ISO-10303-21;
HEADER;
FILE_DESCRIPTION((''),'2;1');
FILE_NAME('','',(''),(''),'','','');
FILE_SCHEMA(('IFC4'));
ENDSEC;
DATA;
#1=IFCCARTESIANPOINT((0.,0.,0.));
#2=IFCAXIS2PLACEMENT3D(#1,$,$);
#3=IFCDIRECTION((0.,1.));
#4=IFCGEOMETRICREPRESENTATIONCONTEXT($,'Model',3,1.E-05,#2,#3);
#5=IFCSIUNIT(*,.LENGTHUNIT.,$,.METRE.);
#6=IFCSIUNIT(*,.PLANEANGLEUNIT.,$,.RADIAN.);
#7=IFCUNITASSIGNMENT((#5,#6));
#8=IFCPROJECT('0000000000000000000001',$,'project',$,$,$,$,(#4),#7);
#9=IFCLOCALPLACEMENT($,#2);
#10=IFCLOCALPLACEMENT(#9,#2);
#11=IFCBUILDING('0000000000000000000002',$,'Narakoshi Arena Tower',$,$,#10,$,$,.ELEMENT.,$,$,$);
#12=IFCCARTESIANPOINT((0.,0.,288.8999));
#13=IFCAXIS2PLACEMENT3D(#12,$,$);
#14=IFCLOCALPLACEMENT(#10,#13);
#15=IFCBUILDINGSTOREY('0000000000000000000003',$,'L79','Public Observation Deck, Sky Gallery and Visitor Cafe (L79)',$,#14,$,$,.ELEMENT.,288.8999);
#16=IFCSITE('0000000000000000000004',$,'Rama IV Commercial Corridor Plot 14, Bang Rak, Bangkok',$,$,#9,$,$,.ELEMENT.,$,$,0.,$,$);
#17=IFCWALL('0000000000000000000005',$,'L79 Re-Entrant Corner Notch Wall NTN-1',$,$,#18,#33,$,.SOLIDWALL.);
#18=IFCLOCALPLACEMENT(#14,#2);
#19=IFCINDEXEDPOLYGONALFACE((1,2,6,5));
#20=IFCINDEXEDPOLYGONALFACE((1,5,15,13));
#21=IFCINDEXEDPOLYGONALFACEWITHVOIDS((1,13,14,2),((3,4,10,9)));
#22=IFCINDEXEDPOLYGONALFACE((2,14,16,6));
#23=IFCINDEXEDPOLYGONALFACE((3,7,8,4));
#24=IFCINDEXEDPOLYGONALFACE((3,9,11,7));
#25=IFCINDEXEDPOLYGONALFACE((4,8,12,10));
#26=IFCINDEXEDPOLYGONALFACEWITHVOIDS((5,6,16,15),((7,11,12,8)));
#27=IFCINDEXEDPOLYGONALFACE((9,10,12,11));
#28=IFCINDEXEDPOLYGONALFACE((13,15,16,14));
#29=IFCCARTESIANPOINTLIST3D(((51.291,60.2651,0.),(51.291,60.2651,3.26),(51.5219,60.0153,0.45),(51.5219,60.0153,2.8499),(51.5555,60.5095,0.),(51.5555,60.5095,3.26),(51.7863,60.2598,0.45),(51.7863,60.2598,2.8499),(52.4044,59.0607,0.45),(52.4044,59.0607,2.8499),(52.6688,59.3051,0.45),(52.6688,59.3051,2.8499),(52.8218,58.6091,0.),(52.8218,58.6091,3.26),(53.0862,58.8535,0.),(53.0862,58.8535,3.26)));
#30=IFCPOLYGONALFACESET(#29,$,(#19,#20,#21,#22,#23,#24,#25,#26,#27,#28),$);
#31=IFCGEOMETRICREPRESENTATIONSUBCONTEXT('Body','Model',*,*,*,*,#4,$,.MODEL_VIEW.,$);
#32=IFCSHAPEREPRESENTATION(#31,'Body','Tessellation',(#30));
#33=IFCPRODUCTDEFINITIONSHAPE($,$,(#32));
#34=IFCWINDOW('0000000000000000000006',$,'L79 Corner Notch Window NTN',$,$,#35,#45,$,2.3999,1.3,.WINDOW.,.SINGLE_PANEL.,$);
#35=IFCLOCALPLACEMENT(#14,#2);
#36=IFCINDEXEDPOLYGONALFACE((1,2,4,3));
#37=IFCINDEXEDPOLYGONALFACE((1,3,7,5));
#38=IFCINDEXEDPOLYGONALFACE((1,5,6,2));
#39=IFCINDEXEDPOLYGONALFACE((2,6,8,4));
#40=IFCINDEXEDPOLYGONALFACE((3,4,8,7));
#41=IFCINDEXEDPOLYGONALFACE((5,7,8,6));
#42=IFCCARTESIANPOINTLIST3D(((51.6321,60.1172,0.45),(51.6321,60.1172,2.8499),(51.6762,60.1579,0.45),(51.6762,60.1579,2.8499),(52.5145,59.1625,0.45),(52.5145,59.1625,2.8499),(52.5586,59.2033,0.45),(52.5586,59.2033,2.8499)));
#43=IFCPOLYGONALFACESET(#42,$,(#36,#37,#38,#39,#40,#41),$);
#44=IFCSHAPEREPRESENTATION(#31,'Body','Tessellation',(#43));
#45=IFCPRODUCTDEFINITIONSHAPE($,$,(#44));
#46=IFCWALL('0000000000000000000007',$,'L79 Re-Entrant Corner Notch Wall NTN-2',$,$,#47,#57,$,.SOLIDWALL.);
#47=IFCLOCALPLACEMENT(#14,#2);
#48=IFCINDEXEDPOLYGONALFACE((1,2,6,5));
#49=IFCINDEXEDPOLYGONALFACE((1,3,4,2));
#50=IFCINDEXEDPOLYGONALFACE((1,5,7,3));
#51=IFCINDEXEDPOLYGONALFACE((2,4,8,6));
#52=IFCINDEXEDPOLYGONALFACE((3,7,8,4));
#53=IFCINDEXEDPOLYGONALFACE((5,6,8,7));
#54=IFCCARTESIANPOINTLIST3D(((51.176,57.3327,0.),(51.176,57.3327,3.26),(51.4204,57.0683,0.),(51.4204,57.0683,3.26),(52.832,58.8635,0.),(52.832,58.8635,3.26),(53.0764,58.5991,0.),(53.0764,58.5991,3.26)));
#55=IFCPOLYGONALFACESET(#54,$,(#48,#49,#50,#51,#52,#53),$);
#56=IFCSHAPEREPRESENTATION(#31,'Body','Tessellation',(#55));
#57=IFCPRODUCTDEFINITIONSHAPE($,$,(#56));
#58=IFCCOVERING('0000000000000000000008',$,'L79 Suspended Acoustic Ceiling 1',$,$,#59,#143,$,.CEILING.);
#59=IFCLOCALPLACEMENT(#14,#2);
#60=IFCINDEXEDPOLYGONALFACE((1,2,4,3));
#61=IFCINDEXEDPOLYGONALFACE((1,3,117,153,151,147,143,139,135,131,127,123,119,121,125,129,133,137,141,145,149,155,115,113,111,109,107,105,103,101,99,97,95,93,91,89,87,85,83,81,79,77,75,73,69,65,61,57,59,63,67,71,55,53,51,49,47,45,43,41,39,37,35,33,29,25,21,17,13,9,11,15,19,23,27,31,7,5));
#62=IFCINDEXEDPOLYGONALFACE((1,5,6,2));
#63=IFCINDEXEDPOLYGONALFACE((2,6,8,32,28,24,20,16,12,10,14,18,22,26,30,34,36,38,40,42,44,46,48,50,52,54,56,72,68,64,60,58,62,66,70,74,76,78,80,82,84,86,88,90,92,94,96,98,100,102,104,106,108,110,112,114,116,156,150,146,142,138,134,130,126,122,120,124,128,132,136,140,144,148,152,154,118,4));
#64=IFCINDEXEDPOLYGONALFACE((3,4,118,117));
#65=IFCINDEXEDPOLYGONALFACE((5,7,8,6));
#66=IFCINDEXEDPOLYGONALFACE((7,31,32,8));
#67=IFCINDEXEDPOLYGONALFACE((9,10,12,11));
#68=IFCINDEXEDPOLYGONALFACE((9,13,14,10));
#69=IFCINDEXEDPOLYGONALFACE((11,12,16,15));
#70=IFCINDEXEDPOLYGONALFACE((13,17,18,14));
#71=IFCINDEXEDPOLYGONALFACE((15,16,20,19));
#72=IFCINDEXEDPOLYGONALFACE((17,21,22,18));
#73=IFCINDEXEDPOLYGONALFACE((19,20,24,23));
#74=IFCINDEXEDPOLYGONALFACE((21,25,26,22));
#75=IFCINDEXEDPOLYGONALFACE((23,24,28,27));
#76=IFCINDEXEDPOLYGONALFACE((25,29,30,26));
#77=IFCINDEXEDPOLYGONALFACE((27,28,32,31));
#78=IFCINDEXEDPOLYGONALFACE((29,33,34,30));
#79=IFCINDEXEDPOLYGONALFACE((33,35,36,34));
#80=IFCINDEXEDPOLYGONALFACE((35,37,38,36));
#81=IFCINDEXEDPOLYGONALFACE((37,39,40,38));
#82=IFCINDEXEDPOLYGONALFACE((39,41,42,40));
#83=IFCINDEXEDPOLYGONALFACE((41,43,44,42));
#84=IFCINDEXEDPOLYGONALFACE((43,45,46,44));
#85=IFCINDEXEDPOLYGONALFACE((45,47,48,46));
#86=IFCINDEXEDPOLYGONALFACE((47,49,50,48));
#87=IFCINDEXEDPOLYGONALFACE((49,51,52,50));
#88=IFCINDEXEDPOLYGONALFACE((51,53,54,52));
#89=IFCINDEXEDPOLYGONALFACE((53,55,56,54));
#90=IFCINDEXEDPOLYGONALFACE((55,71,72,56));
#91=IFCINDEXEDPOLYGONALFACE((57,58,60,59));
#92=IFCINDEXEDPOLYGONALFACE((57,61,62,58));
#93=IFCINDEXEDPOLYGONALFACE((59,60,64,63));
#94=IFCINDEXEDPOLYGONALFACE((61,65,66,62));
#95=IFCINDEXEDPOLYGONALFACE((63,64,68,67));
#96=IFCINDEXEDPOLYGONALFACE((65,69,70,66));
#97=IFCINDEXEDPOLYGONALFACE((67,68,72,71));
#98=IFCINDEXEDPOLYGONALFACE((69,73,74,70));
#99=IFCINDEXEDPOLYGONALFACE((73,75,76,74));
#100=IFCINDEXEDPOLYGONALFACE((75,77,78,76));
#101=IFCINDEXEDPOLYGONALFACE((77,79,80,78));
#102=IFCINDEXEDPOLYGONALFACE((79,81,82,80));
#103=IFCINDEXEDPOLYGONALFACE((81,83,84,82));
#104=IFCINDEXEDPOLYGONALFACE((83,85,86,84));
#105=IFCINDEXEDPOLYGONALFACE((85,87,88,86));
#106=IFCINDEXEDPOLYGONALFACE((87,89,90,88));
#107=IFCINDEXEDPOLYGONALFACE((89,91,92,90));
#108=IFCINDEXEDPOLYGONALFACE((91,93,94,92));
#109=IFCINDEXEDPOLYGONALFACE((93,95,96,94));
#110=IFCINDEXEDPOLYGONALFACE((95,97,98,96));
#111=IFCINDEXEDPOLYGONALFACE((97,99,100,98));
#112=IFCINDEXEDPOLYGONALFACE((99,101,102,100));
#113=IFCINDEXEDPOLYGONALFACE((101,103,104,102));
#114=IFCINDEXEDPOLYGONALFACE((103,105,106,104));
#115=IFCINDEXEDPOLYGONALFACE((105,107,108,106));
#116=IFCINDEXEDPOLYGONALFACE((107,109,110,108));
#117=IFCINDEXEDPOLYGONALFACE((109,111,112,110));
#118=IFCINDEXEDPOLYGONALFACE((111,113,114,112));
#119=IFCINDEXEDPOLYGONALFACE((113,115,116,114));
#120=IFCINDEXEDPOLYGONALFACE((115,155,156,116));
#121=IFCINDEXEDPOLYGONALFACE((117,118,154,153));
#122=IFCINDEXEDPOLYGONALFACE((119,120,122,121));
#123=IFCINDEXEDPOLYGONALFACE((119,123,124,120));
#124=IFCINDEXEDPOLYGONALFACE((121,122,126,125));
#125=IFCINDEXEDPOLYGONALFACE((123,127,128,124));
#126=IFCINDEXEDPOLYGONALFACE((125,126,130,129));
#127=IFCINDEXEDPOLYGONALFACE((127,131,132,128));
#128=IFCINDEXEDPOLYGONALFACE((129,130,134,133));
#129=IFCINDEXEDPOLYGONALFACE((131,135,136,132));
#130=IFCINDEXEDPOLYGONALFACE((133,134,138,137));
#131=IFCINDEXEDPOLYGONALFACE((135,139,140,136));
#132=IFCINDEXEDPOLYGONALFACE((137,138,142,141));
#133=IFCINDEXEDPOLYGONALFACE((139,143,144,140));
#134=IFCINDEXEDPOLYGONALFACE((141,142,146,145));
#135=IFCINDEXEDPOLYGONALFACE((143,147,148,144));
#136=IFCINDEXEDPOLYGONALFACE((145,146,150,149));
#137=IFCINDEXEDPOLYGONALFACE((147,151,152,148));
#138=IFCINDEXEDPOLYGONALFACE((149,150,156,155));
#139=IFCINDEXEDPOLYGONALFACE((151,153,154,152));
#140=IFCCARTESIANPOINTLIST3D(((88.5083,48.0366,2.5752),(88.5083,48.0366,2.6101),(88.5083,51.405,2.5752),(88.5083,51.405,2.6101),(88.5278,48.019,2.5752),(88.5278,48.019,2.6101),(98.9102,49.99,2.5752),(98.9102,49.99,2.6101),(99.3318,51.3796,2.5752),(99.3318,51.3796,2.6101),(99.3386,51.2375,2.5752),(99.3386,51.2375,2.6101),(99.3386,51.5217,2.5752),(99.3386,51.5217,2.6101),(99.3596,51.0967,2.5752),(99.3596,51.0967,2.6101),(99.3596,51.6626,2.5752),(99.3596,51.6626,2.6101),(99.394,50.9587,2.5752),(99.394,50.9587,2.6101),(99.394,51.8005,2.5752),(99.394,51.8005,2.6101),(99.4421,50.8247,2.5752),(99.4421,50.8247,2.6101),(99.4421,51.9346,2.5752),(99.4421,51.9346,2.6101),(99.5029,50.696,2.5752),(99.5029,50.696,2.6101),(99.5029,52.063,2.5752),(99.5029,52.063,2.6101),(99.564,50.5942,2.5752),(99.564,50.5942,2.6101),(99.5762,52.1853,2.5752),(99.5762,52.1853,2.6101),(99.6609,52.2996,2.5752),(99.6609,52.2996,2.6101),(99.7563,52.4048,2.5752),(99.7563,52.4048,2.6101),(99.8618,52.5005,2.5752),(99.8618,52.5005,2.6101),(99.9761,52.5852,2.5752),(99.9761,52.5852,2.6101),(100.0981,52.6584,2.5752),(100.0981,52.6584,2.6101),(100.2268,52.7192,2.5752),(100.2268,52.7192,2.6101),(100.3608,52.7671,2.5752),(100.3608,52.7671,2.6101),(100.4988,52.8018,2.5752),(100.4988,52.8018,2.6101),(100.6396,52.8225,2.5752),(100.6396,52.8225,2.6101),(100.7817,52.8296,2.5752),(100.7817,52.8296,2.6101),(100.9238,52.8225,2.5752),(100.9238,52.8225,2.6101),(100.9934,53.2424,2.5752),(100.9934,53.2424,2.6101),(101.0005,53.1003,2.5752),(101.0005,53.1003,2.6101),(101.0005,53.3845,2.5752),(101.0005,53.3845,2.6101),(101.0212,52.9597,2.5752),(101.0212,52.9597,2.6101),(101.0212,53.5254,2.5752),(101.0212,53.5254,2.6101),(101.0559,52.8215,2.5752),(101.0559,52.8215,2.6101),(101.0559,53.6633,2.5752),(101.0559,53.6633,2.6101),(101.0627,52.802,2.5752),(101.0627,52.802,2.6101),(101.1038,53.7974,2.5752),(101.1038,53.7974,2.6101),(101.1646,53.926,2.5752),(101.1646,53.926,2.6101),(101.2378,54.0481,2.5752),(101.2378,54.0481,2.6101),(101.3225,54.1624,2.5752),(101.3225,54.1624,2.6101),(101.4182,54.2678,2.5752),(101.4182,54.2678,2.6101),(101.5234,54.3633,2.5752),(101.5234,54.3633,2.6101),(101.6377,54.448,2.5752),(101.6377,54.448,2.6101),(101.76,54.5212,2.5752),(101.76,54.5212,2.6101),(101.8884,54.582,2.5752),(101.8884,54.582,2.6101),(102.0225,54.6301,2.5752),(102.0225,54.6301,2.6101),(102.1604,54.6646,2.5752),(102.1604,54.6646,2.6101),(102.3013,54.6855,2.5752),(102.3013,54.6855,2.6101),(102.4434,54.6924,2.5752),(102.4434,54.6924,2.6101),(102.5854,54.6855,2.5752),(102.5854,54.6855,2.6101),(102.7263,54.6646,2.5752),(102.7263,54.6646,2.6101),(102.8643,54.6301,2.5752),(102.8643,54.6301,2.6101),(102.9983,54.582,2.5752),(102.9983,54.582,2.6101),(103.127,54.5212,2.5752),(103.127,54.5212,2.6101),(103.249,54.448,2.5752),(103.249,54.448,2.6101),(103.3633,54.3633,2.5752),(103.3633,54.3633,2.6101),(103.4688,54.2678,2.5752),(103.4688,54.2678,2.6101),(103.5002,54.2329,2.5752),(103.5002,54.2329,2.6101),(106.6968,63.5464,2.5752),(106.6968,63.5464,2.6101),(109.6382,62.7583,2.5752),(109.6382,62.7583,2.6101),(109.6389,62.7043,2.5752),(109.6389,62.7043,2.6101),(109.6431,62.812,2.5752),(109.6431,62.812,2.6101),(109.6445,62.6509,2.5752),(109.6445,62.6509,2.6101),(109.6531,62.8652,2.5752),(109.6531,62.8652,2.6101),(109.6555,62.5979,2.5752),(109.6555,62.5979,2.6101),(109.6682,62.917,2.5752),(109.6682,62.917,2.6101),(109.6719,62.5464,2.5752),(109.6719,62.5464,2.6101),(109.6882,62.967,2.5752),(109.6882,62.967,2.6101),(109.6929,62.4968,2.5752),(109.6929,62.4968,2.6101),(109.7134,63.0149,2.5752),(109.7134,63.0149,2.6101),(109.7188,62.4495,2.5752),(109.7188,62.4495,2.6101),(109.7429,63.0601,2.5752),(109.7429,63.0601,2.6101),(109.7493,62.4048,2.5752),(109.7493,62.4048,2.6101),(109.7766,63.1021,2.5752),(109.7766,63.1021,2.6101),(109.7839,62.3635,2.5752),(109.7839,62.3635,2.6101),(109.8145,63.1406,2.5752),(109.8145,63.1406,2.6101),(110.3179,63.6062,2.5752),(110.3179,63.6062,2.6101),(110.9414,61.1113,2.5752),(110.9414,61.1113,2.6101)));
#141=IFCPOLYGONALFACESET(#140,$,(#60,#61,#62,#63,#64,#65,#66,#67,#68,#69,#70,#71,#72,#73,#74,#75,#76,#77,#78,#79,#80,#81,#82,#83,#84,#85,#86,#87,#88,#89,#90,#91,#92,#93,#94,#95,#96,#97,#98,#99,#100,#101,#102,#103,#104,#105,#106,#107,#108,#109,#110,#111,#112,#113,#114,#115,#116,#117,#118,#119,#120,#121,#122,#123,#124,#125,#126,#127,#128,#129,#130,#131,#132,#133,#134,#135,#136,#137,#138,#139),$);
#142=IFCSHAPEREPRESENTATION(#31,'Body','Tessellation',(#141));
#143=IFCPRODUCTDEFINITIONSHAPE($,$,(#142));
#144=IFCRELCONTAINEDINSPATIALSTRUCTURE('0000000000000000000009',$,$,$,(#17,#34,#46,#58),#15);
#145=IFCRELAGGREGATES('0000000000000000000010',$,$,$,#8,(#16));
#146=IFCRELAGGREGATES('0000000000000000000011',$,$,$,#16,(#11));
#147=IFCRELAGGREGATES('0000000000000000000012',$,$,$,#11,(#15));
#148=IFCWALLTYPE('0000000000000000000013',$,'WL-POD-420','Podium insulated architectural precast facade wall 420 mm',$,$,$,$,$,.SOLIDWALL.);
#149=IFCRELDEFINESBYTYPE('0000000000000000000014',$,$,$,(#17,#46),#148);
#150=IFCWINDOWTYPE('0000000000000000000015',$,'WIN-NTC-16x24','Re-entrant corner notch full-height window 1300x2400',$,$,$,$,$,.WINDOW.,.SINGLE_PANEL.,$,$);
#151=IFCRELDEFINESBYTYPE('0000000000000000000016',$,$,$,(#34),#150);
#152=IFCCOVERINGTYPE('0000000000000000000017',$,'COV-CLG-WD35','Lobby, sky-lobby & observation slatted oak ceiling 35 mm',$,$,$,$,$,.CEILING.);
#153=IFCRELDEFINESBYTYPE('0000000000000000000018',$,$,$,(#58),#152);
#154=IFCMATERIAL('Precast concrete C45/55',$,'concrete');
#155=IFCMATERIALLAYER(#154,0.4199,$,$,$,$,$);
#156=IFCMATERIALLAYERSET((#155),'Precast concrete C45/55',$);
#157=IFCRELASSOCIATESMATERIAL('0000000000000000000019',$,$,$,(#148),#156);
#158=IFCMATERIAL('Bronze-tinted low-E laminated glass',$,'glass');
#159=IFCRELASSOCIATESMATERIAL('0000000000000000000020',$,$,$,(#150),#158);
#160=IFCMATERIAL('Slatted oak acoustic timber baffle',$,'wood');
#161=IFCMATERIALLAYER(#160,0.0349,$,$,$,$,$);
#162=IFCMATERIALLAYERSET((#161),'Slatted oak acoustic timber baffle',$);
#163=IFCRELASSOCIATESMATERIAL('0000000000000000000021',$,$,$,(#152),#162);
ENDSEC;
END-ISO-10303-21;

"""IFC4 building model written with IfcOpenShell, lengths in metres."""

from ifc_helpers import new_model, si_unit, direction, frame, frame_2d, origin, place, context, subcontext, project, spatial, polyline, rectangle, outline, extrude, material, layer, layer_set, type_object, element, fill, save


model = new_model("IFC4")

# Units and contexts
model_context = context("Model", 3, precision=1e-05, world=origin(), true_north=direction((0.0, 1.0)))
body_context = subcontext(model_context, "Body", "Model", "MODEL_VIEW")
ifc_project = project(units=[si_unit("LENGTHUNIT", "METRE"), si_unit("PLANEANGLEUNIT", "RADIAN")], contexts=[model_context])

# Site, building, storey
site_placement = place(None, origin())
site = spatial("IfcSite", under=ifc_project, at=site_placement, Name="Rama IV Commercial Corridor Plot 14, Bang Rak, Bangkok", CompositionType="ELEMENT", RefElevation=0.0)
building_placement = place(site_placement, origin())
building = spatial("IfcBuilding", under=site, at=building_placement, Name="Narakoshi Arena Tower", CompositionType="ELEMENT")
storey_placement = place(building_placement, frame((0.0, 0.0, 288.8999)))
storey = spatial("IfcBuildingStorey", under=building, at=storey_placement, Name="L79", Description="Public Observation Deck, Sky Gallery and Visitor Cafe (L79)", CompositionType="ELEMENT", Elevation=288.8999)

# Wall, opening, window
ifc_material_1 = material(Name="Bronze-tinted low-E laminated glass", Category="glass")
ifc_material_2 = material(Name="Precast concrete C45/55", Category="concrete")
ifc_layer_1 = layer(ifc_material_2, 0.4199)
ifc_layer_set_1 = layer_set([ifc_layer_1], Name="Precast concrete C45/55")
wall_type_1 = type_object("IfcWallType", Name="WL-POD-420", Description="Podium insulated architectural precast facade wall 420 mm", PredefinedType="SOLIDWALL", material=ifc_layer_set_1)
wall_1_placement = place(storey_placement, frame((51.4233, 60.3872, 0.0), z_axis=(0.0, 0.0, 1.0), x_axis=(0.678793, -0.73433, 0.0)))
wall_1 = element("IfcWall", 1, at=wall_1_placement, inside=storey, type_object=wall_type_1, Name="L79 Re-Entrant Corner Notch Wall NTN-1", PredefinedType="SOLIDWALL", context=body_context, shape_type="SweptSolid", body=[
    extrude(rectangle(XDim=2.2551, YDim=0.3601, at=frame_2d((1.1274, 0.0))), origin(), (0.0, 0.0, 1.0), 3.26),
])
opening_1_placement = place(wall_1_placement, frame((0.3401, 0.0, 0.45)))
opening_1 = element("IfcOpeningElement", 2, at=opening_1_placement, cuts=wall_1, PredefinedType="OPENING", context=body_context, shape_type="SweptSolid", body=[
    extrude(rectangle(XDim=1.3, YDim=2.3999, at=frame_2d((0.6499, 1.2))), frame((0.0, 0.1899, 0.0), z_axis=(0.0, -1.0, 0.0), x_axis=(1.0, 0.0, 0.0)), (0.0, 0.0, 1.0), 0.3801),
])
window_type_1 = type_object("IfcWindowType", Name="WIN-NTC-16x24", Description="Re-entrant corner notch full-height window 1300x2400", PartitioningType="SINGLE_PANEL", PredefinedType="WINDOW", material=ifc_material_1)
window_1_placement = place(opening_1_placement, origin())
window_1 = element("IfcWindow", 3, at=window_1_placement, inside=storey, type_object=window_type_1, Name="L79 Corner Notch Window NTN", OverallHeight=2.3999, OverallWidth=1.3, PartitioningType="SINGLE_PANEL", PredefinedType="WINDOW", context=body_context, shape_type="SweptSolid", body=[
    extrude(rectangle(XDim=1.3, YDim=2.3999, at=frame_2d((0.6499, 1.2))), frame((0.0, 0.03, 0.0), z_axis=(0.0, -1.0, 0.0), x_axis=(1.0, 0.0, 0.0)), (0.0, 0.0, 1.0), 0.0601),
])
fill(opening_1, window_1)

# Wall
wall_2_placement = place(storey_placement, frame((52.9541, 58.7312, 0.0), z_axis=(0.0, 0.0, 1.0), x_axis=(-0.73433, -0.678793, 0.0)))
element("IfcWall", 4, at=wall_2_placement, inside=storey, type_object=wall_type_1, Name="L79 Re-Entrant Corner Notch Wall NTN-2", PredefinedType="SOLIDWALL", context=body_context, shape_type="SweptSolid", body=[
    extrude(rectangle(XDim=2.2551, YDim=0.3601, at=frame_2d((1.1274, 0.0))), origin(), (0.0, 0.0, 1.0), 3.26),
])

# Covering
ifc_material_3 = material(Name="Slatted oak acoustic timber baffle", Category="wood")
ifc_layer_2 = layer(ifc_material_3, 0.0349)
ifc_layer_set_2 = layer_set([ifc_layer_2], Name="Slatted oak acoustic timber baffle")
covering_type_1 = type_object("IfcCoveringType", Name="COV-CLG-WD35", Description="Lobby, sky-lobby & observation slatted oak ceiling 35 mm", PredefinedType="CEILING", material=ifc_layer_set_2)
covering_1_placement = place(storey_placement, frame((0.0, 0.0, 2.5752)))
element("IfcCovering", 5, at=covering_1_placement, inside=storey, type_object=covering_type_1, Name="L79 Suspended Acoustic Ceiling 1", PredefinedType="CEILING", context=body_context, shape_type="SweptSolid", body=[
    extrude(outline(polyline([(88.5083, 51.405), (106.6968, 63.5464), (110.3179, 63.6062), (109.8145, 63.1406), (109.7766, 63.1021), (109.7429, 63.0601), (109.7134, 63.0149), (109.6882, 62.967), (109.6682, 62.917), (109.6531, 62.8652), (109.6431, 62.812), (109.6382, 62.7583), (109.6389, 62.7043), (109.6445, 62.6509), (109.6555, 62.5979), (109.6719, 62.5464), (109.6929, 62.4968), (109.7188, 62.4495), (109.7493, 62.4048), (109.7839, 62.3635), (110.9414, 61.1113), (103.5002, 54.2329), (103.4688, 54.2678), (103.3633, 54.3633), (103.249, 54.448), (103.127, 54.5212), (102.9983, 54.582), (102.8643, 54.6301), (102.7263, 54.6646), (102.5854, 54.6855), (102.4434, 54.6924), (102.3013, 54.6855), (102.1604, 54.6646), (102.0225, 54.6301), (101.8884, 54.582), (101.76, 54.5212), (101.6377, 54.448), (101.5234, 54.3633), (101.4182, 54.2678), (101.3225, 54.1624), (101.2378, 54.0481), (101.1646, 53.926), (101.1038, 53.7974), (101.0559, 53.6633), (101.0212, 53.5254), (101.0005, 53.3845), (100.9934, 53.2424), (101.0005, 53.1003), (101.0212, 52.9597), (101.0559, 52.8215), (101.0627, 52.802), (100.9238, 52.8225), (100.7817, 52.8296), (100.6396, 52.8225), (100.4988, 52.8018), (100.3608, 52.7671), (100.2268, 52.7192), (100.0981, 52.6584), (99.9761, 52.5852), (99.8618, 52.5005), (99.7563, 52.4048), (99.6609, 52.2996), (99.5762, 52.1853), (99.5029, 52.063), (99.4421, 51.9346), (99.394, 51.8005), (99.3596, 51.6626), (99.3386, 51.5217), (99.3318, 51.3796), (99.3386, 51.2375), (99.3596, 51.0967), (99.394, 50.9587), (99.4421, 50.8247), (99.5029, 50.696), (99.564, 50.5942), (98.9102, 49.99), (88.5278, 48.019), (88.5083, 48.0366), (88.5083, 51.405)])), origin(), (0.0, 0.0, 1.0), 0.0349),
])

save(model, "model.ifc")
